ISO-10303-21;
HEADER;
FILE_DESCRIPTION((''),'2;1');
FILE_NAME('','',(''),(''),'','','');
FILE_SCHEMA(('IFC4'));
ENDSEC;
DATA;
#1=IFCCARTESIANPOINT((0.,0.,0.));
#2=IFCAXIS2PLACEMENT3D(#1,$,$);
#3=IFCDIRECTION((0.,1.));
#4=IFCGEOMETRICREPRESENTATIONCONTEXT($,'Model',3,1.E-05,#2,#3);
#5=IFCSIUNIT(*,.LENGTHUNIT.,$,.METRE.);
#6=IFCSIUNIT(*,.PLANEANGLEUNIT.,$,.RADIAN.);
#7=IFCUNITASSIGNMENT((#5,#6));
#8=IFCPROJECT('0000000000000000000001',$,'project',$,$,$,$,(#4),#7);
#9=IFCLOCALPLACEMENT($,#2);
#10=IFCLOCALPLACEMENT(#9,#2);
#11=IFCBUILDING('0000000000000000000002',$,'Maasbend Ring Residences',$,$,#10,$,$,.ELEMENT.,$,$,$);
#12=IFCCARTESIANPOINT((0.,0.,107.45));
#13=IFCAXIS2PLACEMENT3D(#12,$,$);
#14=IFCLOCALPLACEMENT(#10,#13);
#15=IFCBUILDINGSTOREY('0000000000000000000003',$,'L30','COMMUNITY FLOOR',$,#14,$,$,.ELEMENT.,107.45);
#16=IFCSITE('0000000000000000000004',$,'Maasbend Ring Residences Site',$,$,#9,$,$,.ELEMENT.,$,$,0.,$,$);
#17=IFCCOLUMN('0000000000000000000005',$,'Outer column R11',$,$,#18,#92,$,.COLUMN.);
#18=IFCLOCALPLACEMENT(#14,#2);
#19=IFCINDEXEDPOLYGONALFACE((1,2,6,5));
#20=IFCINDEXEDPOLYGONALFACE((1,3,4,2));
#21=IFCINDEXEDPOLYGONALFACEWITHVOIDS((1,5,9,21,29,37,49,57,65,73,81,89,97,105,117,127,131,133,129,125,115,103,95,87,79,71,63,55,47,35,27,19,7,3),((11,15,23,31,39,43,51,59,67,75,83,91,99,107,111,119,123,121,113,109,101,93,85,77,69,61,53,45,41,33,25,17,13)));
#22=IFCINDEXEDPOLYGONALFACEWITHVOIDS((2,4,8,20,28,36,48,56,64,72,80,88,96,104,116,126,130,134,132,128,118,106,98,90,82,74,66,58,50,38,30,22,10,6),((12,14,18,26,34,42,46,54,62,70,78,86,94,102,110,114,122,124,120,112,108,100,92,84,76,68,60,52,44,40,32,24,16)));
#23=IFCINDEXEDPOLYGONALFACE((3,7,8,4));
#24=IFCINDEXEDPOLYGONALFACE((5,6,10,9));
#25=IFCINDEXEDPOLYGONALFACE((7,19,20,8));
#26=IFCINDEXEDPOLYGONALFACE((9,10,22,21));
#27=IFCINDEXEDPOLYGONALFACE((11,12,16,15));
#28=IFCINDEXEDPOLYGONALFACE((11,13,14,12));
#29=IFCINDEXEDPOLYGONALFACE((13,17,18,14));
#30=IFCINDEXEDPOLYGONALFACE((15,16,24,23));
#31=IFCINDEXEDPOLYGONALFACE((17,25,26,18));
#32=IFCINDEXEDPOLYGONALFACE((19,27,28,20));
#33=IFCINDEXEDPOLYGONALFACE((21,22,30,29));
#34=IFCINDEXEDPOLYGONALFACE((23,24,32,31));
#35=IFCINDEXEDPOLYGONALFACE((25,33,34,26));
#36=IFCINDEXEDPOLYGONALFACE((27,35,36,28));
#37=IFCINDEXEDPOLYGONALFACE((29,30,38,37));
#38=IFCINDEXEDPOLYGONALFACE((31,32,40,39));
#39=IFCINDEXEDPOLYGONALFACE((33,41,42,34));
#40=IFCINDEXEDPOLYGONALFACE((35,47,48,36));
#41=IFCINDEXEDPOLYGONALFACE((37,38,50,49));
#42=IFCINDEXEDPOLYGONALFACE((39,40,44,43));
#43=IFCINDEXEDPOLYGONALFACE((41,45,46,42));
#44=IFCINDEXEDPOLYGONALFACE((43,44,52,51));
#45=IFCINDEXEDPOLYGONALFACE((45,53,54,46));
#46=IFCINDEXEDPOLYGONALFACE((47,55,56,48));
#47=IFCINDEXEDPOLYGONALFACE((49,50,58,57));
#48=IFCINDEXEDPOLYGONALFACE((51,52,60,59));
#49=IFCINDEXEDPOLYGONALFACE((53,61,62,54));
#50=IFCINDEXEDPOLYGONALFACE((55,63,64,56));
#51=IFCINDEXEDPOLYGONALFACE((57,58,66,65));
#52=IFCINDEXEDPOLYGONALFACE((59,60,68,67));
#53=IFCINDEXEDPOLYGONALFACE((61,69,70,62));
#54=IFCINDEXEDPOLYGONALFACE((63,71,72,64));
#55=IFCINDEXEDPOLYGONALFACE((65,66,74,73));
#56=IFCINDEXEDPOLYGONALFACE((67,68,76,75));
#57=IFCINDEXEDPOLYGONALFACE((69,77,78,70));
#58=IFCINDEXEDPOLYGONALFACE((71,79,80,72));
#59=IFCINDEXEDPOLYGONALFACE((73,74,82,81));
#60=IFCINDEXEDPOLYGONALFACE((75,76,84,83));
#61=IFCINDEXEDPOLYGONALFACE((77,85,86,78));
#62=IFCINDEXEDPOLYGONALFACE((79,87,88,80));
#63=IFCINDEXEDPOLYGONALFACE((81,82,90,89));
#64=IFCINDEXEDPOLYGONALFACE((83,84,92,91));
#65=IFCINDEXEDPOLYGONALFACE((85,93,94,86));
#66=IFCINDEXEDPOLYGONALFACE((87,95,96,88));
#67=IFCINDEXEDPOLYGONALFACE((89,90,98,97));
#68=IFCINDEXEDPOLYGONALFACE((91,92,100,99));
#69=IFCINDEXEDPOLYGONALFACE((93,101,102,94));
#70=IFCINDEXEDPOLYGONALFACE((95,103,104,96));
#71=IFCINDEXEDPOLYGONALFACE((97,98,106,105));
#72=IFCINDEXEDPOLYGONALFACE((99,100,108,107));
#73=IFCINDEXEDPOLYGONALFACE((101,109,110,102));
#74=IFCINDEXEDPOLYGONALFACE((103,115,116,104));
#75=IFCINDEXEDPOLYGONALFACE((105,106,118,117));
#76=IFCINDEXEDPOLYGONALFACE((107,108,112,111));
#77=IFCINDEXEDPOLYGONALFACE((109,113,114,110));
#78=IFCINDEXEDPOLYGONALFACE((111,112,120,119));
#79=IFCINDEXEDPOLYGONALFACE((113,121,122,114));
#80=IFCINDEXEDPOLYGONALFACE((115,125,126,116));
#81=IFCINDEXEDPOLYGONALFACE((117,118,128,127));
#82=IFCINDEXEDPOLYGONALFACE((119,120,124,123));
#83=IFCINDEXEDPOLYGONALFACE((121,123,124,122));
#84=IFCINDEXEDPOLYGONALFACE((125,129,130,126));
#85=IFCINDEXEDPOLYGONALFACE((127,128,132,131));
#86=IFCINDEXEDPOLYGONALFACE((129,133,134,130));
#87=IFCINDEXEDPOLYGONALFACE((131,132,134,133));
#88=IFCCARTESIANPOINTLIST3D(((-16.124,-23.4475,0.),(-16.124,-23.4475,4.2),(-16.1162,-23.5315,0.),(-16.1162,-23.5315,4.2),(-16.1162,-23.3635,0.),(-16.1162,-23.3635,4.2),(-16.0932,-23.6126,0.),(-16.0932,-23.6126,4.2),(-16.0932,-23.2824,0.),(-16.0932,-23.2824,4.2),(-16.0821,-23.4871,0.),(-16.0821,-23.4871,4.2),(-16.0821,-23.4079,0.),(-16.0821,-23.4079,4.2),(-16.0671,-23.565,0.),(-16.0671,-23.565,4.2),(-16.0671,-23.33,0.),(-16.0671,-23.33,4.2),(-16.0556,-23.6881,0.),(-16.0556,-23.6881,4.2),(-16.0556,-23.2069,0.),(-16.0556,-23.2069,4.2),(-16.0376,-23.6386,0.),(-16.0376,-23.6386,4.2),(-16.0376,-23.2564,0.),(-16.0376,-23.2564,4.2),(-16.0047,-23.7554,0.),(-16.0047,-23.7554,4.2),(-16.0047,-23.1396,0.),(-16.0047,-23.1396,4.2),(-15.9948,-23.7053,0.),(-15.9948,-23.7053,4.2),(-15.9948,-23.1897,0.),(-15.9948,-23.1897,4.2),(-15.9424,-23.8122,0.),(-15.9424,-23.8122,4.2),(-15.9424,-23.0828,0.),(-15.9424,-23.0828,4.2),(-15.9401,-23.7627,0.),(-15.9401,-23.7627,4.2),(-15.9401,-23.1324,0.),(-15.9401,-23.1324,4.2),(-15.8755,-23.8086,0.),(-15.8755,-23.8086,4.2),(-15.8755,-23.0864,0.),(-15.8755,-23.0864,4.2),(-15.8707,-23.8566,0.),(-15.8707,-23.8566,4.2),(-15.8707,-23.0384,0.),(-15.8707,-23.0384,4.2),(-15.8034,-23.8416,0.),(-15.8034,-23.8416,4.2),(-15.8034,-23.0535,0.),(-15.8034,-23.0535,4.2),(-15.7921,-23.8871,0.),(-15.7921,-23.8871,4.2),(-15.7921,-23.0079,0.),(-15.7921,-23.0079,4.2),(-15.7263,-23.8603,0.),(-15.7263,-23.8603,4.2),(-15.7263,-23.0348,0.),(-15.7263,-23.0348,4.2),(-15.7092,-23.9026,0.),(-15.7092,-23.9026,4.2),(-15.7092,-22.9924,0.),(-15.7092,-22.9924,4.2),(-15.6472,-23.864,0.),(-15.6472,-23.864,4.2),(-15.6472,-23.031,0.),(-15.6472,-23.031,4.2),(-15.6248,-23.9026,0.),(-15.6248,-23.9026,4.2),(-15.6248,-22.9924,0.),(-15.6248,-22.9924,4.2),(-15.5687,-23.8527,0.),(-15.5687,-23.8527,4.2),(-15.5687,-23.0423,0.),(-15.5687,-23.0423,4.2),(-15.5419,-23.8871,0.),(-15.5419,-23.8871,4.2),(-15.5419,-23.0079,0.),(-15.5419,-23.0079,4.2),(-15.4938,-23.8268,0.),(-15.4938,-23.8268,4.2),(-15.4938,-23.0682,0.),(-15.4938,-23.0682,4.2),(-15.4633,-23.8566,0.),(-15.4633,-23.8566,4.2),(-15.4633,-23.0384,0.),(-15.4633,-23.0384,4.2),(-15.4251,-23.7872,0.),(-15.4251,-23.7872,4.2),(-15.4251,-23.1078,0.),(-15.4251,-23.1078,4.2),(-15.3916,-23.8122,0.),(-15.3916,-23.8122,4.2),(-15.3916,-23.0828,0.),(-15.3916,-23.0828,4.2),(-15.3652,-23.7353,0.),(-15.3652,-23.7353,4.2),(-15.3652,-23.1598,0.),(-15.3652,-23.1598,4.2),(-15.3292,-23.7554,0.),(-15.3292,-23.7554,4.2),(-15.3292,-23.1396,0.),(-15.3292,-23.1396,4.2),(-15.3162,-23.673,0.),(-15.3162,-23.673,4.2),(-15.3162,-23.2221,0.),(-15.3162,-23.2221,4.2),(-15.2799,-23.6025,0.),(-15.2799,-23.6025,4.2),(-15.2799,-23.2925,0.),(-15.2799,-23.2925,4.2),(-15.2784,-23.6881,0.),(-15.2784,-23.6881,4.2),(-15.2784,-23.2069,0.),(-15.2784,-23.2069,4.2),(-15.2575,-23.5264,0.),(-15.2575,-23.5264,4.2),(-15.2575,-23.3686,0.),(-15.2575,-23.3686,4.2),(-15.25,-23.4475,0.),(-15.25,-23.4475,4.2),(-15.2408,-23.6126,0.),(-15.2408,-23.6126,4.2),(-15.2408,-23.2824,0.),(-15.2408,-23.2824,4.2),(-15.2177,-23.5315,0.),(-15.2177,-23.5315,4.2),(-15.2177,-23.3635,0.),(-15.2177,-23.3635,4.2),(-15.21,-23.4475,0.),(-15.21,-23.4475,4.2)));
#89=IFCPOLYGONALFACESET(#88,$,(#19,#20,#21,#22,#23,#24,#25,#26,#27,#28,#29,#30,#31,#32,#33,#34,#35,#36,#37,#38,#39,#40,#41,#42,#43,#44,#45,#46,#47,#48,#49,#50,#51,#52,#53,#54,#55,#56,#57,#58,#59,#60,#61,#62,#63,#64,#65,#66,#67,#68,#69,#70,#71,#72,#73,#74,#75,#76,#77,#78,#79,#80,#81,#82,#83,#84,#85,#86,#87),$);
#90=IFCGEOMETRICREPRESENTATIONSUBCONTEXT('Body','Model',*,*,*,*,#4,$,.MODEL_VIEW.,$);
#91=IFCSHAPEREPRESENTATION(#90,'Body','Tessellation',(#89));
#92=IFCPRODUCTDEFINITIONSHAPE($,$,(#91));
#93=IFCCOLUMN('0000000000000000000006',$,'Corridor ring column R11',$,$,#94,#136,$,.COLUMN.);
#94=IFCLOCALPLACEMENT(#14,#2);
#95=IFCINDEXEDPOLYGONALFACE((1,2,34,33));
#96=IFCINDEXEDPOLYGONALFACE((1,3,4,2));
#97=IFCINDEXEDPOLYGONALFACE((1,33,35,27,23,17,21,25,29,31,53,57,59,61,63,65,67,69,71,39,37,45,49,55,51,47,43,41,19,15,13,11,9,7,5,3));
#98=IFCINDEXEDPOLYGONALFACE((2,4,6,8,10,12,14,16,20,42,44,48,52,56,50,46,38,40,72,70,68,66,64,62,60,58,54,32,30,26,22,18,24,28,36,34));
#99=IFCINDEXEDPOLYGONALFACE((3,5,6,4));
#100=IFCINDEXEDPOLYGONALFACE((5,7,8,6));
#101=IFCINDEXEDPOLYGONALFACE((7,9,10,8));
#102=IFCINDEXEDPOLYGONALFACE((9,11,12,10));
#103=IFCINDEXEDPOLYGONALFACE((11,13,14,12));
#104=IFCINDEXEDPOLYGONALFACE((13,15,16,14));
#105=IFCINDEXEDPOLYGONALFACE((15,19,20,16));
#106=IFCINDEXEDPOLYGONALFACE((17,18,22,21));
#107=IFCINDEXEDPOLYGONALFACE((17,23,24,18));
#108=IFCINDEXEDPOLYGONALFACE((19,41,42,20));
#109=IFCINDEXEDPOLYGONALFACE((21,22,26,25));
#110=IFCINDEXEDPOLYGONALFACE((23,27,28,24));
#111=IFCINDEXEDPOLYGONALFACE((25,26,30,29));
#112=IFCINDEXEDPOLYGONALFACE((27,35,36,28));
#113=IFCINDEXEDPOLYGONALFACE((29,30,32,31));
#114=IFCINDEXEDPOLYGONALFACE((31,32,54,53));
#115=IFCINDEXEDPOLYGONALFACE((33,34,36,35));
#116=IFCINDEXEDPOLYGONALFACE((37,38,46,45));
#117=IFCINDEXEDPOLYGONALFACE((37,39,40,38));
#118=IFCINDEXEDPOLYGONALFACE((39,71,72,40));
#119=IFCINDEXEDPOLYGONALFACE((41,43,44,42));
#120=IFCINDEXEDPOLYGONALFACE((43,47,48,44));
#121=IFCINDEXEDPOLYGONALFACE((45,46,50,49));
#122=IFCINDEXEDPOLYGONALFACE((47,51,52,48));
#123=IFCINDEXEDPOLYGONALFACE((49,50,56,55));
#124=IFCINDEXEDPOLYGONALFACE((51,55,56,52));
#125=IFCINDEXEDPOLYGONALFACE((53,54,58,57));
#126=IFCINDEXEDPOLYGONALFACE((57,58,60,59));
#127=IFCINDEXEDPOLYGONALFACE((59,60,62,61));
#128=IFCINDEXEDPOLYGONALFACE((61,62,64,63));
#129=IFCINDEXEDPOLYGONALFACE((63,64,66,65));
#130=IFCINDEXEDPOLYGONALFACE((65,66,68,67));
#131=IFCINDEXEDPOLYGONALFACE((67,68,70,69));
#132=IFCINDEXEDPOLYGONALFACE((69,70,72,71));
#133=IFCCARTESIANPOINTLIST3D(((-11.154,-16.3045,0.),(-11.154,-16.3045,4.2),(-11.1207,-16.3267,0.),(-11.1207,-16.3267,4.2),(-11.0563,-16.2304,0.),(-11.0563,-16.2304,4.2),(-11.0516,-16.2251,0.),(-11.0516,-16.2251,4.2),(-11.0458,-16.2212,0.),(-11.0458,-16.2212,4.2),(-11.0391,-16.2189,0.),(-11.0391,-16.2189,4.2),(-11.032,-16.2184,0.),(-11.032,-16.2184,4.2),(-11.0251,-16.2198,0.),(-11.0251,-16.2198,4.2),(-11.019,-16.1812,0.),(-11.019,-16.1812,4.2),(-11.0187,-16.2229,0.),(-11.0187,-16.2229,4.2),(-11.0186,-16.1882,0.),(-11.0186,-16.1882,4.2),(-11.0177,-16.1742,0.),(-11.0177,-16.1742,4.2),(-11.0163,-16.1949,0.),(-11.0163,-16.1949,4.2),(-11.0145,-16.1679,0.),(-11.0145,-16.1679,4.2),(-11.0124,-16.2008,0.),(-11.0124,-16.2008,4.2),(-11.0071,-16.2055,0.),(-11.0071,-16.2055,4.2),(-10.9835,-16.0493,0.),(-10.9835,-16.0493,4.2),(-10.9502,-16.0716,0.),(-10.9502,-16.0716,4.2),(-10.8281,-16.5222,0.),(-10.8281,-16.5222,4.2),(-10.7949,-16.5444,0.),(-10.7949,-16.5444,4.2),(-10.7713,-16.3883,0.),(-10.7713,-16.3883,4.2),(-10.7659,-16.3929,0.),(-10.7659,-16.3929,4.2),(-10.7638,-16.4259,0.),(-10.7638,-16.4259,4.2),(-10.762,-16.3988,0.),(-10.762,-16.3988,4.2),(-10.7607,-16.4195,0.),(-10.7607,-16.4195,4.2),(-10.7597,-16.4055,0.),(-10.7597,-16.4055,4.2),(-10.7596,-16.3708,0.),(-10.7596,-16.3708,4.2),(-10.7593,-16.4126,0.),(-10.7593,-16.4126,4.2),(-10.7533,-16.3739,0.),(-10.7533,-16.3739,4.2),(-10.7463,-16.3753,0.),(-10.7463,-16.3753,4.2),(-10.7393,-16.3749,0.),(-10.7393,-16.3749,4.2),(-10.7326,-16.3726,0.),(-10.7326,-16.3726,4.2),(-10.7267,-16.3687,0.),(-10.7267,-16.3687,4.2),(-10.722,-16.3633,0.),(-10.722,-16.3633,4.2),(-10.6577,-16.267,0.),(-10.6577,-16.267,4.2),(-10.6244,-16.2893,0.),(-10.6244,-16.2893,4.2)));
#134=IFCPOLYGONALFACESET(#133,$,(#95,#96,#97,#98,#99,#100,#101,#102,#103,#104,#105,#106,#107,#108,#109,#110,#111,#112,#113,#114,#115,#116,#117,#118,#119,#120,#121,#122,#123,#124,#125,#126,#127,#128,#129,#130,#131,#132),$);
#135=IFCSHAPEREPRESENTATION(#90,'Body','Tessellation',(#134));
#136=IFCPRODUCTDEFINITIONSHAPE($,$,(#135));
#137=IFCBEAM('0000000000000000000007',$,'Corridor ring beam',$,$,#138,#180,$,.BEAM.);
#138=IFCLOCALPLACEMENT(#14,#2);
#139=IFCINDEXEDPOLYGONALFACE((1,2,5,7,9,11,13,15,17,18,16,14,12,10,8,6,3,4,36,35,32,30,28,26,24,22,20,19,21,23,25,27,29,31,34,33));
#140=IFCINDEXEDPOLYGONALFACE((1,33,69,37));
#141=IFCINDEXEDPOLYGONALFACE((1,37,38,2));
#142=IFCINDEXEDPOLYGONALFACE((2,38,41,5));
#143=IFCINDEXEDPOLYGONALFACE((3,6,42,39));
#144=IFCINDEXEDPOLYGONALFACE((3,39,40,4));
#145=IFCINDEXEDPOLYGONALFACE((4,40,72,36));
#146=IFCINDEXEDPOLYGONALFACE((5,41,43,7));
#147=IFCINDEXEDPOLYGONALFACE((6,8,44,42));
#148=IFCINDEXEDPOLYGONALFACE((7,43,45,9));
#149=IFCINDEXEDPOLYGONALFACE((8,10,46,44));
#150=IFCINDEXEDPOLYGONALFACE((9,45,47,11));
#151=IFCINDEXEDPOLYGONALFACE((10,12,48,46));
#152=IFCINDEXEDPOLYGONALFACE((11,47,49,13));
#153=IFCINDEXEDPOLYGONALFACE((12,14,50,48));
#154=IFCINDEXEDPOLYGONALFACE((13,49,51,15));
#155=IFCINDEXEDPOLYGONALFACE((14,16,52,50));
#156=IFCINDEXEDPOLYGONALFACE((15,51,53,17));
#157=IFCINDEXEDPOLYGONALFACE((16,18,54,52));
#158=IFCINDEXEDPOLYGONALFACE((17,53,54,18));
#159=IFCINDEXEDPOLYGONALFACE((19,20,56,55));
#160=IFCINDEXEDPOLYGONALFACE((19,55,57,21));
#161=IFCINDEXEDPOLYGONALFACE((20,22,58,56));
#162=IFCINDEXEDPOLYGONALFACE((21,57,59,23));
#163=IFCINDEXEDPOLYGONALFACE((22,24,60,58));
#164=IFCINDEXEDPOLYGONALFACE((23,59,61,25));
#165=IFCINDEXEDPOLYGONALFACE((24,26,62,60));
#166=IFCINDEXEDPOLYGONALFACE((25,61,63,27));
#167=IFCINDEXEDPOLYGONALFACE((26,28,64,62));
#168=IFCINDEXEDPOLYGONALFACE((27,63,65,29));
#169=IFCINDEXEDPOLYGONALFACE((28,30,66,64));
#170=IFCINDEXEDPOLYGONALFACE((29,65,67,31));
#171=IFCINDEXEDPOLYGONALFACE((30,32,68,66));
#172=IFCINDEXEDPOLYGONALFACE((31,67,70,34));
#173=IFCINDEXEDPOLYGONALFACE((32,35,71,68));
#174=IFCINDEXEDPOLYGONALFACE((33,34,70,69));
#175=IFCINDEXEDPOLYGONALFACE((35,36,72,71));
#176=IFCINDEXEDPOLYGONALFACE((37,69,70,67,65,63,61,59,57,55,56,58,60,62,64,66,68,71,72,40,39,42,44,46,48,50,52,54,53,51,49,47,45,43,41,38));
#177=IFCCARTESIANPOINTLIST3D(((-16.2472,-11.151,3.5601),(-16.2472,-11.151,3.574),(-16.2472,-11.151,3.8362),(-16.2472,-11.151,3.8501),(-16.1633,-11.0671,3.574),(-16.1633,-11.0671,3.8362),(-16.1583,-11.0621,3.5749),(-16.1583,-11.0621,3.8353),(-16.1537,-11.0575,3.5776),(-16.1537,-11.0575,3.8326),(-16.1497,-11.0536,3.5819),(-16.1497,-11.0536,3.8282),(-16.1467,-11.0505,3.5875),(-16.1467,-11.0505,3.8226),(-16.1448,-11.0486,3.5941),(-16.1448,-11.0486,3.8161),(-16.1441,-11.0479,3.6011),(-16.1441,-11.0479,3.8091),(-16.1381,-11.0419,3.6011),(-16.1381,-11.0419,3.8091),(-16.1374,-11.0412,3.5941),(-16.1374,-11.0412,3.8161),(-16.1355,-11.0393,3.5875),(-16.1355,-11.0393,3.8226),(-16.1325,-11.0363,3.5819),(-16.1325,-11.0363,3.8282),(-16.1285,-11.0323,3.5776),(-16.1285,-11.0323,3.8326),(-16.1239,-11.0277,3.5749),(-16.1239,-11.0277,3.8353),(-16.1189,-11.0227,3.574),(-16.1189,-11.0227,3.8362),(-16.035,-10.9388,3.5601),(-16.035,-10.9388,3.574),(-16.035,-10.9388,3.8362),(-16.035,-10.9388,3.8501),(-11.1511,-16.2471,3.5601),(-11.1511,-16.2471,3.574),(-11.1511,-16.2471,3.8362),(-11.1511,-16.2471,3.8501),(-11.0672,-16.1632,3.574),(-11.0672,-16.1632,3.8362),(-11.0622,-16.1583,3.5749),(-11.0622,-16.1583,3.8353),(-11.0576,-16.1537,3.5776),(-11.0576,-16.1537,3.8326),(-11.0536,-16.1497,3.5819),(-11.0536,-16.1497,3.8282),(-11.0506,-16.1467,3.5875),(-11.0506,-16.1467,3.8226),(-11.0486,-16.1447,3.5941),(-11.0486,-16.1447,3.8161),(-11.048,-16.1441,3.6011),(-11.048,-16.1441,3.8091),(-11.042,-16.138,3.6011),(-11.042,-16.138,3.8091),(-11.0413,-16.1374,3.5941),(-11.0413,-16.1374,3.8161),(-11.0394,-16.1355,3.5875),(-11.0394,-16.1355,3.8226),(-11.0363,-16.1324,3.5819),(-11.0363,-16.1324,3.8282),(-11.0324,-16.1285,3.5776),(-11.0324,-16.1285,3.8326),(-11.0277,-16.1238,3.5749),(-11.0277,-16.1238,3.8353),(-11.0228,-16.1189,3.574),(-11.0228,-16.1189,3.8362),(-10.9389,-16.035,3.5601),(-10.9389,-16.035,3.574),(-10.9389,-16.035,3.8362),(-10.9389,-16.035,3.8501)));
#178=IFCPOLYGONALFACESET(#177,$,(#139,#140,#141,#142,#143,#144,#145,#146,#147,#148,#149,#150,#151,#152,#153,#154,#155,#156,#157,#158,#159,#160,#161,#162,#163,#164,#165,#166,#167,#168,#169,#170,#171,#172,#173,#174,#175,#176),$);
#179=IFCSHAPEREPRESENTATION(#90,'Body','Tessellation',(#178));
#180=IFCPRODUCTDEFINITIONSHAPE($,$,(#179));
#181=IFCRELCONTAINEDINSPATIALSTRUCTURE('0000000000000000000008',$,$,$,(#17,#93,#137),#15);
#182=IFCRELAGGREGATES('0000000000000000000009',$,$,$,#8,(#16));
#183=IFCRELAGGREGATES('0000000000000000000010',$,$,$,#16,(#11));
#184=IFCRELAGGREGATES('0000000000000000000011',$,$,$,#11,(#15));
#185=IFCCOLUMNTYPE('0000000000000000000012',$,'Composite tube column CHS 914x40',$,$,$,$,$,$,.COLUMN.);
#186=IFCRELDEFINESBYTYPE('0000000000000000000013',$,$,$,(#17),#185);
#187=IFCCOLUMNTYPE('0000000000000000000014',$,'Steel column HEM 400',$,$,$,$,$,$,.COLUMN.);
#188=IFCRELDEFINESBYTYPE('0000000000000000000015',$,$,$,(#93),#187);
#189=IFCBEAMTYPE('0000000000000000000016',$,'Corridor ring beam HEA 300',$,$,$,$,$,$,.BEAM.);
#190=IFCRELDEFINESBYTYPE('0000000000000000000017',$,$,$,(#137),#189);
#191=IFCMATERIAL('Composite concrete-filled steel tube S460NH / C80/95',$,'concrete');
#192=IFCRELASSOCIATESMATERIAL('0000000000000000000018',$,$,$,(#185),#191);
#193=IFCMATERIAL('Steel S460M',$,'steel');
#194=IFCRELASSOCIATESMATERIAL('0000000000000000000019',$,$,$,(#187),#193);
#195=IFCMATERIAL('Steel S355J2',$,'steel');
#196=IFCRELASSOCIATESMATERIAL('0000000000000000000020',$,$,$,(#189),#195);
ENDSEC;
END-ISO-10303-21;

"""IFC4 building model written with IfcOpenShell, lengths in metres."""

from ifc_helpers import new_model, si_unit, direction, frame, origin, origin_2d, place, context, subcontext, project, spatial, hollow_circle, i_section, extrude, material, material_profile, profile_set, type_object, element, save


model = new_model("IFC4")

# Units and contexts
model_context = context("Model", 3, precision=1e-05, world=origin(), true_north=direction((0.0, 1.0)))
body_context = subcontext(model_context, "Body", "Model", "MODEL_VIEW")
ifc_project = project(units=[si_unit("LENGTHUNIT", "METRE"), si_unit("PLANEANGLEUNIT", "RADIAN")], contexts=[model_context])

# Site, building, storey
site_placement = place(None, origin())
site = spatial("IfcSite", under=ifc_project, at=site_placement, Name="Maasbend Ring Residences Site", CompositionType="ELEMENT", RefElevation=0.0)
building_placement = place(site_placement, origin())
building = spatial("IfcBuilding", under=site, at=building_placement, Name="Maasbend Ring Residences", CompositionType="ELEMENT")
storey_placement = place(building_placement, frame((0.0, 0.0, 107.45)))
storey = spatial("IfcBuildingStorey", under=building, at=storey_placement, Name="L30", Description="COMMUNITY FLOOR", CompositionType="ELEMENT", Elevation=107.45)

# Columns
ifc_material_1 = material(Name="Composite concrete-filled steel tube S460NH / C80/95", Category="concrete")
ifc_material_profile_1 = material_profile(ifc_material_1, hollow_circle(Radius=0.457, WallThickness=0.04, at=origin_2d()), Name="Composite tube column CHS 914x40")
ifc_profile_set_1 = profile_set([ifc_material_profile_1], Name="Composite concrete-filled steel tube S460NH / C80/95")
column_type_1 = type_object("IfcColumnType", Name="Composite tube column CHS 914x40", PredefinedType="COLUMN", material=ifc_profile_set_1)
column_1_placement = place(storey_placement, frame((-15.667, -23.4475, 0.0), z_axis=(0.0, 0.0, 1.0), x_axis=(1.0, 0.0, 0.0)))
element("IfcColumn", 1, at=column_1_placement, inside=storey, type_object=column_type_1, Name="Outer column R11", PredefinedType="COLUMN", context=body_context, shape_type="SweptSolid", body=[
    extrude(hollow_circle(Radius=0.457, WallThickness=0.04, at=origin_2d()), origin(), (0.0, 0.0, 1.0), 4.2),
])
ifc_material_2 = material(Name="Steel S460M", Category="steel")
ifc_material_profile_2 = material_profile(ifc_material_2, i_section(OverallWidth=0.3069, OverallDepth=0.4319, WebThickness=0.021, FlangeThickness=0.04, FilletRadius=0.0271, at=origin_2d()), Name="HEM 400")
ifc_profile_set_2 = profile_set([ifc_material_profile_2], Name="Steel S460M")
column_type_2 = type_object("IfcColumnType", Name="Steel column HEM 400", PredefinedType="COLUMN", material=ifc_profile_set_2)
column_2_placement = place(storey_placement, frame((-10.8892, -16.2969, 0.0), z_axis=(0.0, 0.0, 1.0), x_axis=(-0.55557, -0.83147, 0.0)))
element("IfcColumn", 2, at=column_2_placement, inside=storey, type_object=column_type_2, Name="Corridor ring column R11", PredefinedType="COLUMN", context=body_context, shape_type="SweptSolid", body=[
    extrude(i_section(OverallWidth=0.3069, OverallDepth=0.4319, WebThickness=0.021, FlangeThickness=0.04, FilletRadius=0.0271, at=origin_2d()), origin(), (0.0, 0.0, 1.0), 4.2),
])

# Beam
ifc_material_3 = material(Name="Steel S355J2", Category="steel")
ifc_material_profile_3 = material_profile(ifc_material_3, i_section(OverallWidth=0.3, OverallDepth=0.29, WebThickness=0.0085, FlangeThickness=0.0139, FilletRadius=0.0271, at=origin_2d()), Name="HEA 300")
ifc_profile_set_3 = profile_set([ifc_material_profile_3], Name="Steel S355J2")
beam_type_1 = type_object("IfcBeamType", Name="Corridor ring beam HEA 300", PredefinedType="BEAM", material=ifc_profile_set_3)
beam_1_placement = place(storey_placement, frame((-16.1411, -11.0449, 3.7051), z_axis=(0.707107, -0.707107, 0.0), x_axis=(0.707107, 0.707107, 0.0)))
element("IfcBeam", 3, at=beam_1_placement, inside=storey, type_object=beam_type_1, Name="Corridor ring beam", PredefinedType="BEAM", context=body_context, shape_type="SweptSolid", body=[
    extrude(i_section(OverallWidth=0.3, OverallDepth=0.29, WebThickness=0.0085, FlangeThickness=0.0139, FilletRadius=0.0271, at=origin_2d()), origin(), (0.0, 0.0, 1.0), 7.207),
])

save(model, "model.ifc")
